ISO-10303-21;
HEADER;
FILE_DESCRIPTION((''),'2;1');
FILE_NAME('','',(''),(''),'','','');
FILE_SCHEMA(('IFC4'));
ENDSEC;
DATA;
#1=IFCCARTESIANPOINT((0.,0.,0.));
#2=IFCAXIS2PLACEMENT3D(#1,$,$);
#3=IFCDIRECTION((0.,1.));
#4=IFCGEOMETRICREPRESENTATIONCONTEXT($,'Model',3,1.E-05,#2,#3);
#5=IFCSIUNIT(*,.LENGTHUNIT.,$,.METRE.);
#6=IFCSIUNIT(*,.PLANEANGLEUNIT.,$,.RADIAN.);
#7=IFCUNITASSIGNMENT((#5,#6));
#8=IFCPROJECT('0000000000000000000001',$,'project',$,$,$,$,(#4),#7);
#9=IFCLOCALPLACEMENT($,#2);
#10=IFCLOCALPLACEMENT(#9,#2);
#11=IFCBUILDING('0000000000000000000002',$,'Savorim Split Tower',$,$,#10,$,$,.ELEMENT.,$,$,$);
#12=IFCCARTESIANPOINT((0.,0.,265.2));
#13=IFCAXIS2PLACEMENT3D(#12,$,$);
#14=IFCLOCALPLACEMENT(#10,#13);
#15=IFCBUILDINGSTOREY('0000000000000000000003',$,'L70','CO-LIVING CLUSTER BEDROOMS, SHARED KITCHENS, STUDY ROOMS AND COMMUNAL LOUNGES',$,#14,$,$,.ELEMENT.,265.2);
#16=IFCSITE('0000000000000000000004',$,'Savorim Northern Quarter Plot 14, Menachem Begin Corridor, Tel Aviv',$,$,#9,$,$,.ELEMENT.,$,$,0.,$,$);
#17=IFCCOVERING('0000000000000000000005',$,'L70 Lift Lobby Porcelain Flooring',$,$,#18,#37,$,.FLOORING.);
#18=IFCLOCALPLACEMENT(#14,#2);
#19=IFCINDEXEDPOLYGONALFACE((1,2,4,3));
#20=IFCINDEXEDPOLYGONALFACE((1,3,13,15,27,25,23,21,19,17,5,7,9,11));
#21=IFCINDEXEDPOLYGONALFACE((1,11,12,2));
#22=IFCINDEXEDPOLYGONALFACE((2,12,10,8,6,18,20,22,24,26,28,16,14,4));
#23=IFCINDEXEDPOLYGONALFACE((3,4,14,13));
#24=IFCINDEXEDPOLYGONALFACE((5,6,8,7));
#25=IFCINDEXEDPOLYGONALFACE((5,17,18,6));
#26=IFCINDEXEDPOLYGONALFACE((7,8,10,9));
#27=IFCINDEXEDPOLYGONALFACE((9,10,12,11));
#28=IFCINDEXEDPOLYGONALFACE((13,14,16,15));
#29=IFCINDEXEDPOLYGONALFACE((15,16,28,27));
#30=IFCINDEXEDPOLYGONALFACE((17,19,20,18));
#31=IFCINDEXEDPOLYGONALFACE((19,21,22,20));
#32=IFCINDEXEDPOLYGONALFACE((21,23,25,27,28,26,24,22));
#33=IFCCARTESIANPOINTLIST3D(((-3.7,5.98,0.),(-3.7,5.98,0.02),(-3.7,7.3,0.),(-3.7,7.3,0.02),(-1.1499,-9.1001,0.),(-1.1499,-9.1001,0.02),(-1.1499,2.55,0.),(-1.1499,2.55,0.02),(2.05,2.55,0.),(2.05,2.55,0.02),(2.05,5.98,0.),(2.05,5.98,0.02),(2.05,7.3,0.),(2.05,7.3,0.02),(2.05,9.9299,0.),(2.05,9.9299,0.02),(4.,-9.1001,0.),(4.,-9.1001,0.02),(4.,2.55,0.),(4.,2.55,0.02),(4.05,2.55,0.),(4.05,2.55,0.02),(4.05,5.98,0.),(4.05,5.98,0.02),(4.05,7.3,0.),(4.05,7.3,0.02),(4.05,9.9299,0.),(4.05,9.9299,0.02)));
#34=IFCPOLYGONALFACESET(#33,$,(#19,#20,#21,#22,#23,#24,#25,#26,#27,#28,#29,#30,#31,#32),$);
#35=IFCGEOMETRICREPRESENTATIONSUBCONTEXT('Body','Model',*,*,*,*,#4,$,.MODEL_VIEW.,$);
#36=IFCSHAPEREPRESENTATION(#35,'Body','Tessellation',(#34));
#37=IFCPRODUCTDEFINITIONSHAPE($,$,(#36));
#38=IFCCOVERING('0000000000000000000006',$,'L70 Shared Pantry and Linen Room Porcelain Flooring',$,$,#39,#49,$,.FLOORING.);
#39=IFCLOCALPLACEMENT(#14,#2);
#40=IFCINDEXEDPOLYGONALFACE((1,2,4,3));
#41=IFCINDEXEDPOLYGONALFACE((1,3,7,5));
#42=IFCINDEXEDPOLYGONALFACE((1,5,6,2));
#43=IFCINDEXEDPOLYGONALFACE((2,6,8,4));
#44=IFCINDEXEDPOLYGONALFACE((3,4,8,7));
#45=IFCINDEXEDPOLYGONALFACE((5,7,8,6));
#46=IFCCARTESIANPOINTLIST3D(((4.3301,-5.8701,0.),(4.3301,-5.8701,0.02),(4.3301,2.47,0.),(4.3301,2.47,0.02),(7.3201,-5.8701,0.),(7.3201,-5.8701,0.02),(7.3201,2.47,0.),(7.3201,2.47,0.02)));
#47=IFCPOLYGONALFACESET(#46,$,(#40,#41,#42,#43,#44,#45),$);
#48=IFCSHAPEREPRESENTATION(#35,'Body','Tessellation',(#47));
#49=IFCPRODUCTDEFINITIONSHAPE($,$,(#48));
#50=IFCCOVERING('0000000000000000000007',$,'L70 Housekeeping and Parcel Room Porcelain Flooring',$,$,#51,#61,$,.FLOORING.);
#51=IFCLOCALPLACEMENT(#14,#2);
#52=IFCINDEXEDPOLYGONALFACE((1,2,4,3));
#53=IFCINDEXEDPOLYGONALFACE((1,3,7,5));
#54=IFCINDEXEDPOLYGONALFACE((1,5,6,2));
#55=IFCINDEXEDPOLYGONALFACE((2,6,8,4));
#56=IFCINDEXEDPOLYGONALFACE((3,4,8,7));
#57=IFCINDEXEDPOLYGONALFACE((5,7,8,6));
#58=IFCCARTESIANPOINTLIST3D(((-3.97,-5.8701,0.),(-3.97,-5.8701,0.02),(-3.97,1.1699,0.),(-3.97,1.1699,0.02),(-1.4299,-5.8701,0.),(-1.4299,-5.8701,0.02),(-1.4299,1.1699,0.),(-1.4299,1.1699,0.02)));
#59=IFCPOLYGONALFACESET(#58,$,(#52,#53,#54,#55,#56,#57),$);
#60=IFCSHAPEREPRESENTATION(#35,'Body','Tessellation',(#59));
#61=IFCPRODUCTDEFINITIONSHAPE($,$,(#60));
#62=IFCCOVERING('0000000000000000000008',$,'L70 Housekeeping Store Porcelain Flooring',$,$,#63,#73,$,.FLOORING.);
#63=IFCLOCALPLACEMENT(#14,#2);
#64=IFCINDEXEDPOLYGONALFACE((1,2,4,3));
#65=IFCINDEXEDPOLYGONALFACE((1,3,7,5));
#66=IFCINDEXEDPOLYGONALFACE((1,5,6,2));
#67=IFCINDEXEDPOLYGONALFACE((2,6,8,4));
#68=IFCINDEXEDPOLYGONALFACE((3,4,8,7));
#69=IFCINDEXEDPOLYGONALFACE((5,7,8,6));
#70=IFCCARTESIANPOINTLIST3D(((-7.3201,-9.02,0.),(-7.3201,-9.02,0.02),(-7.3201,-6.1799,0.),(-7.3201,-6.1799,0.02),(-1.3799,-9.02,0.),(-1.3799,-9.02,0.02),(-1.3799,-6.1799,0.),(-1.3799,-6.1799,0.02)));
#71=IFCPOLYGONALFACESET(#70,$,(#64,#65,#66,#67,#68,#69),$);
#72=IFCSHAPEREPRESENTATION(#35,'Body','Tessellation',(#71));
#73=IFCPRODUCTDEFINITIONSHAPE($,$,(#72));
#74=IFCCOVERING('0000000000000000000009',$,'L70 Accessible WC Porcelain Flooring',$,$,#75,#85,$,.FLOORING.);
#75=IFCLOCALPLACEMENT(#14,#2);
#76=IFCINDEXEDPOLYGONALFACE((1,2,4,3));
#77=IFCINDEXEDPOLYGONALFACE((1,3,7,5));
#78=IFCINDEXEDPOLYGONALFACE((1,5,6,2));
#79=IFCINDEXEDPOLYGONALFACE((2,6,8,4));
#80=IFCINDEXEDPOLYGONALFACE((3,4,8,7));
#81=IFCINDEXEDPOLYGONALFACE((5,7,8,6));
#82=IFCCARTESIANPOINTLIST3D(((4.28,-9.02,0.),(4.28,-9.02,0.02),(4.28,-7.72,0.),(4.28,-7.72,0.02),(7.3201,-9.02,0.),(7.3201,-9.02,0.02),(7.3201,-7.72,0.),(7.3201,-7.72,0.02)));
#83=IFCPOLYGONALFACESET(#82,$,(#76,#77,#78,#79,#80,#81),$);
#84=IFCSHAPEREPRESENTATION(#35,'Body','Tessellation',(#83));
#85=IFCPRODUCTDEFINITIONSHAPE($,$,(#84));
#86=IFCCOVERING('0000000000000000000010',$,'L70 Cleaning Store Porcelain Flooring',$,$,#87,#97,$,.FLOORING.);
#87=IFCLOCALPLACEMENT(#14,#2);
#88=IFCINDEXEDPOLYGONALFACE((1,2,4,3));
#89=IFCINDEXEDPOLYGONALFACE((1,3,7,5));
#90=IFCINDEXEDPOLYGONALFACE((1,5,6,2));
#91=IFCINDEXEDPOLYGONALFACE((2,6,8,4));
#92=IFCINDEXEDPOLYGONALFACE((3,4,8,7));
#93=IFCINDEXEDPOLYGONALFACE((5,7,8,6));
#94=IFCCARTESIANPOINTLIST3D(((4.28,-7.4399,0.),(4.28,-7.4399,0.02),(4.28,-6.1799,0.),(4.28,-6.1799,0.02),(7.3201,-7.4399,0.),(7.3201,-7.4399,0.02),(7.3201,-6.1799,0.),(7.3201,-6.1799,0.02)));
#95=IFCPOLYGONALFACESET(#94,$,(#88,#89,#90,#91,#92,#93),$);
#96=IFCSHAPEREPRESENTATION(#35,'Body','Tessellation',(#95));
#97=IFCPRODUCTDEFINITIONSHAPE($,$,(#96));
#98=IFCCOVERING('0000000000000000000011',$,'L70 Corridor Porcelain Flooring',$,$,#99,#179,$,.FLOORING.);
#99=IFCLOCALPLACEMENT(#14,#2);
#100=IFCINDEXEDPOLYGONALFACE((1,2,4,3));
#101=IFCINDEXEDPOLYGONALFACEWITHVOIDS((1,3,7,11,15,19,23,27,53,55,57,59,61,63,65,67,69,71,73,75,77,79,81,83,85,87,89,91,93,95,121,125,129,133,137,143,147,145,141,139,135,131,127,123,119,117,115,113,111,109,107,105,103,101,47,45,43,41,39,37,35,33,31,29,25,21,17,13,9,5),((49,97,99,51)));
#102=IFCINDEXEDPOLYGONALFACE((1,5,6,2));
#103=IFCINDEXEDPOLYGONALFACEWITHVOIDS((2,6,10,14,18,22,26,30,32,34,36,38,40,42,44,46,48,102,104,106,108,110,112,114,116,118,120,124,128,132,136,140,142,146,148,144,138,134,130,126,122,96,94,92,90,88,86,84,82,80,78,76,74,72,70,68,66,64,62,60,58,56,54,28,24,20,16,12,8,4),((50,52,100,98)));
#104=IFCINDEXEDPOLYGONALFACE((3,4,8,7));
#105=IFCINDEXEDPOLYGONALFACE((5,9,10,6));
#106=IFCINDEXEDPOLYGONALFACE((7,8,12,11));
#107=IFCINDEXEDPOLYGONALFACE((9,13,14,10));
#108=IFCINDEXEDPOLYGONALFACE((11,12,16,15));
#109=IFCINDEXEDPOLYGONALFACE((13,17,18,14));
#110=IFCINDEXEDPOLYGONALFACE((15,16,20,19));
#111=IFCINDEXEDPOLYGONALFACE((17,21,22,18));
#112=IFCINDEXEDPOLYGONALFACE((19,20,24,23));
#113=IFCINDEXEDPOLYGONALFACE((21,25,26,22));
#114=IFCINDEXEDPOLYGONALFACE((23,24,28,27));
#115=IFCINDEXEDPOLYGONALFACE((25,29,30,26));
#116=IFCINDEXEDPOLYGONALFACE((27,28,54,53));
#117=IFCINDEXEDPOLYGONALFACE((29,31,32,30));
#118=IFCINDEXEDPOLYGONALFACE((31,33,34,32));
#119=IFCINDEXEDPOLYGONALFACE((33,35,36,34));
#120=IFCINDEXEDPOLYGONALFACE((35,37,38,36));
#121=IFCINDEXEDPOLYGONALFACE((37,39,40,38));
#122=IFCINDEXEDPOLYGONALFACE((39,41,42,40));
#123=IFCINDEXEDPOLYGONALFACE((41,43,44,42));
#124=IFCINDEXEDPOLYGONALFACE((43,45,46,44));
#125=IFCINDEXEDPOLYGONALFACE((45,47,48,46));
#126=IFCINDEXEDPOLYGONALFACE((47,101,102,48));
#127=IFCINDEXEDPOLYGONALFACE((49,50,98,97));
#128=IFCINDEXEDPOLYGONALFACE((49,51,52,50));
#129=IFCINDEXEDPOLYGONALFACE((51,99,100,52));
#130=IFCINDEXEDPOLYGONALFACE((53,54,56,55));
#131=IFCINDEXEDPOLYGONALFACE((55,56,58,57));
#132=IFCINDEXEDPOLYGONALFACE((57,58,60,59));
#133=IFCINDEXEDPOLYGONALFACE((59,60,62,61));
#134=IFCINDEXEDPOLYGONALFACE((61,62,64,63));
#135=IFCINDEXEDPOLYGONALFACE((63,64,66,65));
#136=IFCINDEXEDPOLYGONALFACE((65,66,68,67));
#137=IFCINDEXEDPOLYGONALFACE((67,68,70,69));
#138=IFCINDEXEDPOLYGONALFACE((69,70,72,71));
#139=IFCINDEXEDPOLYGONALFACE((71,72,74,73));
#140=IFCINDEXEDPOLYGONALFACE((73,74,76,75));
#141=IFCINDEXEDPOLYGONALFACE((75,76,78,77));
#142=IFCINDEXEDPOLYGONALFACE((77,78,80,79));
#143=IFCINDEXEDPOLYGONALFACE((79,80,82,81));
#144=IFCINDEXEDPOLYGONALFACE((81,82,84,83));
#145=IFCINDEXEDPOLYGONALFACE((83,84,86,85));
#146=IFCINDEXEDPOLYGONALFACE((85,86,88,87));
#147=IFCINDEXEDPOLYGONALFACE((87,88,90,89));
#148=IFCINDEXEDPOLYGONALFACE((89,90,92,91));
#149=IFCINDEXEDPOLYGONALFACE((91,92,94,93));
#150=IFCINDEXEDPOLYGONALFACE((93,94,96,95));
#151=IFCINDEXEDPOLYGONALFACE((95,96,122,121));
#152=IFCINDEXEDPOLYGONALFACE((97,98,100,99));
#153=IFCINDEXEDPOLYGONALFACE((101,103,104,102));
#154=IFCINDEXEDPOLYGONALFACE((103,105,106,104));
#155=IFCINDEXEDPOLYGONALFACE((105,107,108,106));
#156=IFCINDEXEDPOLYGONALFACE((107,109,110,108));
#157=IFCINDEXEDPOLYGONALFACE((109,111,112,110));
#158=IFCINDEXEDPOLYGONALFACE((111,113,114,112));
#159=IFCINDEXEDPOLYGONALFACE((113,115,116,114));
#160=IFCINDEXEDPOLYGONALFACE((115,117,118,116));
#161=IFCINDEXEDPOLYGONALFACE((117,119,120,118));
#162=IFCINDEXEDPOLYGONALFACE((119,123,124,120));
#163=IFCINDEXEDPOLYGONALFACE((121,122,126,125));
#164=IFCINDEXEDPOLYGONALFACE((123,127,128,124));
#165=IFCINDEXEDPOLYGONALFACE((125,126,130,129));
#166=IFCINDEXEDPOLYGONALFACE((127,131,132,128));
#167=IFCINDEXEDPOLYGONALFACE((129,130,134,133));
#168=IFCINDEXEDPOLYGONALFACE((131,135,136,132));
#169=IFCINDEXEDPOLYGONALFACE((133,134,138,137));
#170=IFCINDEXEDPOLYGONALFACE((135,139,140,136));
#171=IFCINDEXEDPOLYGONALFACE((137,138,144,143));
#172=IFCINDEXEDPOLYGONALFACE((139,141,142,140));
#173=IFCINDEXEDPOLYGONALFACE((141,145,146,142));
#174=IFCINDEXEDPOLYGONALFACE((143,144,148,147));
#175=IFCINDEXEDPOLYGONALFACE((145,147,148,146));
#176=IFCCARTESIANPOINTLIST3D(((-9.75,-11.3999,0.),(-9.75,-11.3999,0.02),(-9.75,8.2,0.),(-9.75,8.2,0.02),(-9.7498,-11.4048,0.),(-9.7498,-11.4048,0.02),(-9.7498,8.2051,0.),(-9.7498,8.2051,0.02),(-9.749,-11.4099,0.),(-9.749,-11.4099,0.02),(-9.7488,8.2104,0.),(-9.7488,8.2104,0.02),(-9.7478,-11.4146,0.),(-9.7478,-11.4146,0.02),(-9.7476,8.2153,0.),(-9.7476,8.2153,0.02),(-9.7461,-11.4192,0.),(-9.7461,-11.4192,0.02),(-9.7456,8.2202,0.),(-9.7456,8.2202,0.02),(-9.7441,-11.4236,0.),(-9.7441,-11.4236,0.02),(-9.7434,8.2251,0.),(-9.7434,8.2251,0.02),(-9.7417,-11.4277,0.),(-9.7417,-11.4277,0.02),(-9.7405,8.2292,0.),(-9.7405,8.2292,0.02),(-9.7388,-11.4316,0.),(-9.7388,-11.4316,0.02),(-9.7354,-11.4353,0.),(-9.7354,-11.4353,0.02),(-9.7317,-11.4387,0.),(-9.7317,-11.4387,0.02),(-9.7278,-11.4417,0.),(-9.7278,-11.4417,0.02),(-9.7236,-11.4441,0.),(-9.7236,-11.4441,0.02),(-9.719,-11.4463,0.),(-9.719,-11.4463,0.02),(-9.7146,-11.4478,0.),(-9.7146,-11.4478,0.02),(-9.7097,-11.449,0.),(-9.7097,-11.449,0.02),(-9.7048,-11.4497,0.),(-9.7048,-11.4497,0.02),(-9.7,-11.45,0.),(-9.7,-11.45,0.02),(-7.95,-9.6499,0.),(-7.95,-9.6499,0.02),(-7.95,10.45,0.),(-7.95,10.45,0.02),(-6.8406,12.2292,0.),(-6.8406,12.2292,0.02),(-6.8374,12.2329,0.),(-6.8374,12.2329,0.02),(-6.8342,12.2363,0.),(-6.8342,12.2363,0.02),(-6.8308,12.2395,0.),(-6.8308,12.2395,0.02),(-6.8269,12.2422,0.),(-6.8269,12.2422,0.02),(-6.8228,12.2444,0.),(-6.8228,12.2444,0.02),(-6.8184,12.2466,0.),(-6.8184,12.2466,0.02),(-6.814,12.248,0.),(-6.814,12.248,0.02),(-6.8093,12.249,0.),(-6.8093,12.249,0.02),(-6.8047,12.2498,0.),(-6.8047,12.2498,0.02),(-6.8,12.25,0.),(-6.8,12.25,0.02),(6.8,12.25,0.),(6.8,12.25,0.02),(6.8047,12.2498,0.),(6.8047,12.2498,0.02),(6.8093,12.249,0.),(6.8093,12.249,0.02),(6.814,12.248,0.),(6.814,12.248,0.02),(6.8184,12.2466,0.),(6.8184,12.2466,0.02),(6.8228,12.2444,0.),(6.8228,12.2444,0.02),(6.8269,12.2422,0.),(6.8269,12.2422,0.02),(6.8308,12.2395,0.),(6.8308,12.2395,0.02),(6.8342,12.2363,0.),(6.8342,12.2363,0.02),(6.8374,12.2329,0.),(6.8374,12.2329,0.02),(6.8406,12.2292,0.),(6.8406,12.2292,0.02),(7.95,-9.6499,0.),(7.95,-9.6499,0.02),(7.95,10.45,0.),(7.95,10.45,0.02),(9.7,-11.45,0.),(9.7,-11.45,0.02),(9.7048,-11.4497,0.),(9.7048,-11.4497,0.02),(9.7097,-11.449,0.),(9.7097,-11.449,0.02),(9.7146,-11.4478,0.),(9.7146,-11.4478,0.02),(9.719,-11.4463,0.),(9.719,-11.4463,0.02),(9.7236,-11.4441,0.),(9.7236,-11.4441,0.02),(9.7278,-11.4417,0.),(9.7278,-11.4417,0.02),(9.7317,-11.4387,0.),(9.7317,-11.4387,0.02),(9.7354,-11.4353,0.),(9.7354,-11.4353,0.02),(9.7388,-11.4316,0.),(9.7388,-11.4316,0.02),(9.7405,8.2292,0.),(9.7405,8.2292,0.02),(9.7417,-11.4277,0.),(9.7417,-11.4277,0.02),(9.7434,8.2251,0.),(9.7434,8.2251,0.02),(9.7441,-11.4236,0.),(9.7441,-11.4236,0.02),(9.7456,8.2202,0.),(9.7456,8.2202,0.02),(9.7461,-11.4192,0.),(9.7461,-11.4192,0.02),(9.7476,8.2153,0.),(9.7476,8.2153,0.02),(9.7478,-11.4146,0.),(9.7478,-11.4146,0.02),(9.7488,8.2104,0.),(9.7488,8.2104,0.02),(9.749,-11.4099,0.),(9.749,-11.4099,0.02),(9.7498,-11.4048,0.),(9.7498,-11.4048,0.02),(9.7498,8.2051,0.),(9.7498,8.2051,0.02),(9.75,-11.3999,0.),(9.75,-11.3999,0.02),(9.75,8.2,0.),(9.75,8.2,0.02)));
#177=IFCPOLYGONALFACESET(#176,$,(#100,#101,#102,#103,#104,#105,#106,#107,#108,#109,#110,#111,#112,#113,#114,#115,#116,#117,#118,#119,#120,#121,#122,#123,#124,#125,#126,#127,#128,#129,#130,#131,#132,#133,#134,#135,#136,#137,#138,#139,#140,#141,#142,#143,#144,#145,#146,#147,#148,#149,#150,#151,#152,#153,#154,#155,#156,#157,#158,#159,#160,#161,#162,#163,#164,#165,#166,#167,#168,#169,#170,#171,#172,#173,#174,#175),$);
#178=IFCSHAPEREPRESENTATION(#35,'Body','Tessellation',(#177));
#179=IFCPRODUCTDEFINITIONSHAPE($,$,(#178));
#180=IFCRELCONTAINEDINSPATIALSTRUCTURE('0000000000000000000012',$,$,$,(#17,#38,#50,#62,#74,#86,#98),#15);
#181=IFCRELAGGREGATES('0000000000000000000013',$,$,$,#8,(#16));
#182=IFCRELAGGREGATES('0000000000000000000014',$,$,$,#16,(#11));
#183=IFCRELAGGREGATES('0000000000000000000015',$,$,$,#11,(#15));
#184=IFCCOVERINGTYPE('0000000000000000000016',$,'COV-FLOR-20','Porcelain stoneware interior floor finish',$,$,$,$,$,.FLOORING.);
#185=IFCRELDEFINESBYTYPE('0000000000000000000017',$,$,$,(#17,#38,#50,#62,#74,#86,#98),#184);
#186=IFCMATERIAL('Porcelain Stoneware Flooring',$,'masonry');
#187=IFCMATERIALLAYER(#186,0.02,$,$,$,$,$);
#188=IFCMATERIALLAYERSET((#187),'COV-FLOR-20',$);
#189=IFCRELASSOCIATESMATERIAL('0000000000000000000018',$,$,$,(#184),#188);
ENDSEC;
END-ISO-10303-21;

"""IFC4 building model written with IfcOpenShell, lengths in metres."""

from ifc_helpers import new_model, si_unit, direction, frame, origin, place, context, subcontext, project, spatial, polyline, outline, extrude, material, layer, layer_set, type_object, element, save


model = new_model("IFC4")

# Units and contexts
model_context = context("Model", 3, precision=1e-05, world=origin(), true_north=direction((0.0, 1.0)))
body_context = subcontext(model_context, "Body", "Model", "MODEL_VIEW")
ifc_project = project(units=[si_unit("LENGTHUNIT", "METRE"), si_unit("PLANEANGLEUNIT", "RADIAN")], contexts=[model_context])

# Site, building, storey
site_placement = place(None, origin())
site = spatial("IfcSite", under=ifc_project, at=site_placement, Name="Savorim Northern Quarter Plot 14, Menachem Begin Corridor, Tel Aviv", CompositionType="ELEMENT", RefElevation=0.0)
building_placement = place(site_placement, origin())
building = spatial("IfcBuilding", under=site, at=building_placement, Name="Savorim Split Tower", CompositionType="ELEMENT")
storey_placement = place(building_placement, frame((0.0, 0.0, 265.2)))
storey = spatial("IfcBuildingStorey", under=building, at=storey_placement, Name="L70", Description="CO-LIVING CLUSTER BEDROOMS, SHARED KITCHENS, STUDY ROOMS AND COMMUNAL LOUNGES", CompositionType="ELEMENT", Elevation=265.2)

# Coverings
ifc_material_1 = material(Name="Porcelain Stoneware Flooring", Category="masonry")
ifc_layer_1 = layer(ifc_material_1, 0.02)
ifc_layer_set_1 = layer_set([ifc_layer_1], Name="COV-FLOR-20")
covering_type_1 = type_object("IfcCoveringType", Name="COV-FLOR-20", Description="Porcelain stoneware interior floor finish", PredefinedType="FLOORING", material=ifc_layer_set_1)
covering_1_placement = place(storey_placement, origin())
element("IfcCovering", 1, at=covering_1_placement, inside=storey, type_object=covering_type_1, Name="L70 Lift Lobby Porcelain Flooring", PredefinedType="FLOORING", context=body_context, shape_type="SweptSolid", body=[
    extrude(outline(polyline([(2.05, 2.55), (-1.1499, 2.55), (-1.1499, -9.1001), (4.0, -9.1001), (4.0, 2.55), (4.05, 2.55), (4.05, 5.98), (4.05, 7.3), (4.05, 9.9299), (2.05, 9.9299), (2.05, 7.3), (-3.7, 7.3), (-3.7, 5.98), (2.05, 5.98), (2.05, 2.55)])), origin(), (0.0, 0.0, 1.0), 0.02),
])
covering_2_placement = place(storey_placement, origin())
element("IfcCovering", 2, at=covering_2_placement, inside=storey, type_object=covering_type_1, Name="L70 Shared Pantry and Linen Room Porcelain Flooring", PredefinedType="FLOORING", context=body_context, shape_type="SweptSolid", body=[
    extrude(outline(polyline([(4.3301, 2.47), (4.3301, -5.8701), (7.3201, -5.8701), (7.3201, 2.47), (4.3301, 2.47)])), origin(), (0.0, 0.0, 1.0), 0.02),
])
covering_3_placement = place(storey_placement, origin())
element("IfcCovering", 3, at=covering_3_placement, inside=storey, type_object=covering_type_1, Name="L70 Housekeeping and Parcel Room Porcelain Flooring", PredefinedType="FLOORING", context=body_context, shape_type="SweptSolid", body=[
    extrude(outline(polyline([(-3.97, 1.1699), (-3.97, -5.8701), (-1.4299, -5.8701), (-1.4299, 1.1699), (-3.97, 1.1699)])), origin(), (0.0, 0.0, 1.0), 0.02),
])
covering_4_placement = place(storey_placement, origin())
element("IfcCovering", 4, at=covering_4_placement, inside=storey, type_object=covering_type_1, Name="L70 Housekeeping Store Porcelain Flooring", PredefinedType="FLOORING", context=body_context, shape_type="SweptSolid", body=[
    extrude(outline(polyline([(-7.3201, -6.1799), (-7.3201, -9.02), (-1.3799, -9.02), (-1.3799, -6.1799), (-7.3201, -6.1799)])), origin(), (0.0, 0.0, 1.0), 0.02),
])
covering_5_placement = place(storey_placement, origin())
element("IfcCovering", 5, at=covering_5_placement, inside=storey, type_object=covering_type_1, Name="L70 Accessible WC Porcelain Flooring", PredefinedType="FLOORING", context=body_context, shape_type="SweptSolid", body=[
    extrude(outline(polyline([(4.28, -7.72), (4.28, -9.02), (7.3201, -9.02), (7.3201, -7.72), (4.28, -7.72)])), origin(), (0.0, 0.0, 1.0), 0.02),
])
covering_6_placement = place(storey_placement, origin())
element("IfcCovering", 6, at=covering_6_placement, inside=storey, type_object=covering_type_1, Name="L70 Cleaning Store Porcelain Flooring", PredefinedType="FLOORING", context=body_context, shape_type="SweptSolid", body=[
    extrude(outline(polyline([(4.28, -6.1799), (4.28, -7.4399), (7.3201, -7.4399), (7.3201, -6.1799), (4.28, -6.1799)])), origin(), (0.0, 0.0, 1.0), 0.02),
])
covering_7_placement = place(storey_placement, origin())
element("IfcCovering", 7, at=covering_7_placement, inside=storey, type_object=covering_type_1, Name="L70 Corridor Porcelain Flooring", PredefinedType="FLOORING", context=body_context, shape_type="SweptSolid", body=[
    extrude(outline(polyline([(6.8093, 12.249), (6.8047, 12.2498), (6.8, 12.25), (-6.8, 12.25), (-6.8047, 12.2498), (-6.8093, 12.249), (-6.814, 12.248), (-6.8184, 12.2466), (-6.8228, 12.2444), (-6.8269, 12.2422), (-6.8308, 12.2395), (-6.8342, 12.2363), (-6.8374, 12.2329), (-6.8406, 12.2292), (-9.7405, 8.2292), (-9.7434, 8.2251), (-9.7456, 8.2202), (-9.7476, 8.2153), (-9.7488, 8.2104), (-9.7498, 8.2051), (-9.75, 8.2), (-9.75, -11.3999), (-9.7498, -11.4048), (-9.749, -11.4099), (-9.7478, -11.4146), (-9.7461, -11.4192), (-9.7441, -11.4236), (-9.7417, -11.4277), (-9.7388, -11.4316), (-9.7354, -11.4353), (-9.7317, -11.4387), (-9.7278, -11.4417), (-9.7236, -11.4441), (-9.719, -11.4463), (-9.7146, -11.4478), (-9.7097, -11.449), (-9.7048, -11.4497), (-9.7, -11.45), (9.7, -11.45), (9.7048, -11.4497), (9.7097, -11.449), (9.7146, -11.4478), (9.719, -11.4463), (9.7236, -11.4441), (9.7278, -11.4417), (9.7317, -11.4387), (9.7354, -11.4353), (9.7388, -11.4316), (9.7417, -11.4277), (9.7441, -11.4236), (9.7461, -11.4192), (9.7478, -11.4146), (9.749, -11.4099), (9.7498, -11.4048), (9.75, -11.3999), (9.75, 8.2), (9.7498, 8.2051), (9.7488, 8.2104), (9.7476, 8.2153), (9.7456, 8.2202), (9.7434, 8.2251), (9.7405, 8.2292), (6.8406, 12.2292), (6.8374, 12.2329), (6.8342, 12.2363), (6.8308, 12.2395), (6.8269, 12.2422), (6.8228, 12.2444), (6.8184, 12.2466), (6.814, 12.248), (6.8093, 12.249)]), holes=[polyline([(-7.95, 10.45), (-7.95, -9.6499), (7.95, -9.6499), (7.95, 10.45), (-7.95, 10.45)])]), origin(), (0.0, 0.0, 1.0), 0.02),
])

save(model, "model.ifc")
